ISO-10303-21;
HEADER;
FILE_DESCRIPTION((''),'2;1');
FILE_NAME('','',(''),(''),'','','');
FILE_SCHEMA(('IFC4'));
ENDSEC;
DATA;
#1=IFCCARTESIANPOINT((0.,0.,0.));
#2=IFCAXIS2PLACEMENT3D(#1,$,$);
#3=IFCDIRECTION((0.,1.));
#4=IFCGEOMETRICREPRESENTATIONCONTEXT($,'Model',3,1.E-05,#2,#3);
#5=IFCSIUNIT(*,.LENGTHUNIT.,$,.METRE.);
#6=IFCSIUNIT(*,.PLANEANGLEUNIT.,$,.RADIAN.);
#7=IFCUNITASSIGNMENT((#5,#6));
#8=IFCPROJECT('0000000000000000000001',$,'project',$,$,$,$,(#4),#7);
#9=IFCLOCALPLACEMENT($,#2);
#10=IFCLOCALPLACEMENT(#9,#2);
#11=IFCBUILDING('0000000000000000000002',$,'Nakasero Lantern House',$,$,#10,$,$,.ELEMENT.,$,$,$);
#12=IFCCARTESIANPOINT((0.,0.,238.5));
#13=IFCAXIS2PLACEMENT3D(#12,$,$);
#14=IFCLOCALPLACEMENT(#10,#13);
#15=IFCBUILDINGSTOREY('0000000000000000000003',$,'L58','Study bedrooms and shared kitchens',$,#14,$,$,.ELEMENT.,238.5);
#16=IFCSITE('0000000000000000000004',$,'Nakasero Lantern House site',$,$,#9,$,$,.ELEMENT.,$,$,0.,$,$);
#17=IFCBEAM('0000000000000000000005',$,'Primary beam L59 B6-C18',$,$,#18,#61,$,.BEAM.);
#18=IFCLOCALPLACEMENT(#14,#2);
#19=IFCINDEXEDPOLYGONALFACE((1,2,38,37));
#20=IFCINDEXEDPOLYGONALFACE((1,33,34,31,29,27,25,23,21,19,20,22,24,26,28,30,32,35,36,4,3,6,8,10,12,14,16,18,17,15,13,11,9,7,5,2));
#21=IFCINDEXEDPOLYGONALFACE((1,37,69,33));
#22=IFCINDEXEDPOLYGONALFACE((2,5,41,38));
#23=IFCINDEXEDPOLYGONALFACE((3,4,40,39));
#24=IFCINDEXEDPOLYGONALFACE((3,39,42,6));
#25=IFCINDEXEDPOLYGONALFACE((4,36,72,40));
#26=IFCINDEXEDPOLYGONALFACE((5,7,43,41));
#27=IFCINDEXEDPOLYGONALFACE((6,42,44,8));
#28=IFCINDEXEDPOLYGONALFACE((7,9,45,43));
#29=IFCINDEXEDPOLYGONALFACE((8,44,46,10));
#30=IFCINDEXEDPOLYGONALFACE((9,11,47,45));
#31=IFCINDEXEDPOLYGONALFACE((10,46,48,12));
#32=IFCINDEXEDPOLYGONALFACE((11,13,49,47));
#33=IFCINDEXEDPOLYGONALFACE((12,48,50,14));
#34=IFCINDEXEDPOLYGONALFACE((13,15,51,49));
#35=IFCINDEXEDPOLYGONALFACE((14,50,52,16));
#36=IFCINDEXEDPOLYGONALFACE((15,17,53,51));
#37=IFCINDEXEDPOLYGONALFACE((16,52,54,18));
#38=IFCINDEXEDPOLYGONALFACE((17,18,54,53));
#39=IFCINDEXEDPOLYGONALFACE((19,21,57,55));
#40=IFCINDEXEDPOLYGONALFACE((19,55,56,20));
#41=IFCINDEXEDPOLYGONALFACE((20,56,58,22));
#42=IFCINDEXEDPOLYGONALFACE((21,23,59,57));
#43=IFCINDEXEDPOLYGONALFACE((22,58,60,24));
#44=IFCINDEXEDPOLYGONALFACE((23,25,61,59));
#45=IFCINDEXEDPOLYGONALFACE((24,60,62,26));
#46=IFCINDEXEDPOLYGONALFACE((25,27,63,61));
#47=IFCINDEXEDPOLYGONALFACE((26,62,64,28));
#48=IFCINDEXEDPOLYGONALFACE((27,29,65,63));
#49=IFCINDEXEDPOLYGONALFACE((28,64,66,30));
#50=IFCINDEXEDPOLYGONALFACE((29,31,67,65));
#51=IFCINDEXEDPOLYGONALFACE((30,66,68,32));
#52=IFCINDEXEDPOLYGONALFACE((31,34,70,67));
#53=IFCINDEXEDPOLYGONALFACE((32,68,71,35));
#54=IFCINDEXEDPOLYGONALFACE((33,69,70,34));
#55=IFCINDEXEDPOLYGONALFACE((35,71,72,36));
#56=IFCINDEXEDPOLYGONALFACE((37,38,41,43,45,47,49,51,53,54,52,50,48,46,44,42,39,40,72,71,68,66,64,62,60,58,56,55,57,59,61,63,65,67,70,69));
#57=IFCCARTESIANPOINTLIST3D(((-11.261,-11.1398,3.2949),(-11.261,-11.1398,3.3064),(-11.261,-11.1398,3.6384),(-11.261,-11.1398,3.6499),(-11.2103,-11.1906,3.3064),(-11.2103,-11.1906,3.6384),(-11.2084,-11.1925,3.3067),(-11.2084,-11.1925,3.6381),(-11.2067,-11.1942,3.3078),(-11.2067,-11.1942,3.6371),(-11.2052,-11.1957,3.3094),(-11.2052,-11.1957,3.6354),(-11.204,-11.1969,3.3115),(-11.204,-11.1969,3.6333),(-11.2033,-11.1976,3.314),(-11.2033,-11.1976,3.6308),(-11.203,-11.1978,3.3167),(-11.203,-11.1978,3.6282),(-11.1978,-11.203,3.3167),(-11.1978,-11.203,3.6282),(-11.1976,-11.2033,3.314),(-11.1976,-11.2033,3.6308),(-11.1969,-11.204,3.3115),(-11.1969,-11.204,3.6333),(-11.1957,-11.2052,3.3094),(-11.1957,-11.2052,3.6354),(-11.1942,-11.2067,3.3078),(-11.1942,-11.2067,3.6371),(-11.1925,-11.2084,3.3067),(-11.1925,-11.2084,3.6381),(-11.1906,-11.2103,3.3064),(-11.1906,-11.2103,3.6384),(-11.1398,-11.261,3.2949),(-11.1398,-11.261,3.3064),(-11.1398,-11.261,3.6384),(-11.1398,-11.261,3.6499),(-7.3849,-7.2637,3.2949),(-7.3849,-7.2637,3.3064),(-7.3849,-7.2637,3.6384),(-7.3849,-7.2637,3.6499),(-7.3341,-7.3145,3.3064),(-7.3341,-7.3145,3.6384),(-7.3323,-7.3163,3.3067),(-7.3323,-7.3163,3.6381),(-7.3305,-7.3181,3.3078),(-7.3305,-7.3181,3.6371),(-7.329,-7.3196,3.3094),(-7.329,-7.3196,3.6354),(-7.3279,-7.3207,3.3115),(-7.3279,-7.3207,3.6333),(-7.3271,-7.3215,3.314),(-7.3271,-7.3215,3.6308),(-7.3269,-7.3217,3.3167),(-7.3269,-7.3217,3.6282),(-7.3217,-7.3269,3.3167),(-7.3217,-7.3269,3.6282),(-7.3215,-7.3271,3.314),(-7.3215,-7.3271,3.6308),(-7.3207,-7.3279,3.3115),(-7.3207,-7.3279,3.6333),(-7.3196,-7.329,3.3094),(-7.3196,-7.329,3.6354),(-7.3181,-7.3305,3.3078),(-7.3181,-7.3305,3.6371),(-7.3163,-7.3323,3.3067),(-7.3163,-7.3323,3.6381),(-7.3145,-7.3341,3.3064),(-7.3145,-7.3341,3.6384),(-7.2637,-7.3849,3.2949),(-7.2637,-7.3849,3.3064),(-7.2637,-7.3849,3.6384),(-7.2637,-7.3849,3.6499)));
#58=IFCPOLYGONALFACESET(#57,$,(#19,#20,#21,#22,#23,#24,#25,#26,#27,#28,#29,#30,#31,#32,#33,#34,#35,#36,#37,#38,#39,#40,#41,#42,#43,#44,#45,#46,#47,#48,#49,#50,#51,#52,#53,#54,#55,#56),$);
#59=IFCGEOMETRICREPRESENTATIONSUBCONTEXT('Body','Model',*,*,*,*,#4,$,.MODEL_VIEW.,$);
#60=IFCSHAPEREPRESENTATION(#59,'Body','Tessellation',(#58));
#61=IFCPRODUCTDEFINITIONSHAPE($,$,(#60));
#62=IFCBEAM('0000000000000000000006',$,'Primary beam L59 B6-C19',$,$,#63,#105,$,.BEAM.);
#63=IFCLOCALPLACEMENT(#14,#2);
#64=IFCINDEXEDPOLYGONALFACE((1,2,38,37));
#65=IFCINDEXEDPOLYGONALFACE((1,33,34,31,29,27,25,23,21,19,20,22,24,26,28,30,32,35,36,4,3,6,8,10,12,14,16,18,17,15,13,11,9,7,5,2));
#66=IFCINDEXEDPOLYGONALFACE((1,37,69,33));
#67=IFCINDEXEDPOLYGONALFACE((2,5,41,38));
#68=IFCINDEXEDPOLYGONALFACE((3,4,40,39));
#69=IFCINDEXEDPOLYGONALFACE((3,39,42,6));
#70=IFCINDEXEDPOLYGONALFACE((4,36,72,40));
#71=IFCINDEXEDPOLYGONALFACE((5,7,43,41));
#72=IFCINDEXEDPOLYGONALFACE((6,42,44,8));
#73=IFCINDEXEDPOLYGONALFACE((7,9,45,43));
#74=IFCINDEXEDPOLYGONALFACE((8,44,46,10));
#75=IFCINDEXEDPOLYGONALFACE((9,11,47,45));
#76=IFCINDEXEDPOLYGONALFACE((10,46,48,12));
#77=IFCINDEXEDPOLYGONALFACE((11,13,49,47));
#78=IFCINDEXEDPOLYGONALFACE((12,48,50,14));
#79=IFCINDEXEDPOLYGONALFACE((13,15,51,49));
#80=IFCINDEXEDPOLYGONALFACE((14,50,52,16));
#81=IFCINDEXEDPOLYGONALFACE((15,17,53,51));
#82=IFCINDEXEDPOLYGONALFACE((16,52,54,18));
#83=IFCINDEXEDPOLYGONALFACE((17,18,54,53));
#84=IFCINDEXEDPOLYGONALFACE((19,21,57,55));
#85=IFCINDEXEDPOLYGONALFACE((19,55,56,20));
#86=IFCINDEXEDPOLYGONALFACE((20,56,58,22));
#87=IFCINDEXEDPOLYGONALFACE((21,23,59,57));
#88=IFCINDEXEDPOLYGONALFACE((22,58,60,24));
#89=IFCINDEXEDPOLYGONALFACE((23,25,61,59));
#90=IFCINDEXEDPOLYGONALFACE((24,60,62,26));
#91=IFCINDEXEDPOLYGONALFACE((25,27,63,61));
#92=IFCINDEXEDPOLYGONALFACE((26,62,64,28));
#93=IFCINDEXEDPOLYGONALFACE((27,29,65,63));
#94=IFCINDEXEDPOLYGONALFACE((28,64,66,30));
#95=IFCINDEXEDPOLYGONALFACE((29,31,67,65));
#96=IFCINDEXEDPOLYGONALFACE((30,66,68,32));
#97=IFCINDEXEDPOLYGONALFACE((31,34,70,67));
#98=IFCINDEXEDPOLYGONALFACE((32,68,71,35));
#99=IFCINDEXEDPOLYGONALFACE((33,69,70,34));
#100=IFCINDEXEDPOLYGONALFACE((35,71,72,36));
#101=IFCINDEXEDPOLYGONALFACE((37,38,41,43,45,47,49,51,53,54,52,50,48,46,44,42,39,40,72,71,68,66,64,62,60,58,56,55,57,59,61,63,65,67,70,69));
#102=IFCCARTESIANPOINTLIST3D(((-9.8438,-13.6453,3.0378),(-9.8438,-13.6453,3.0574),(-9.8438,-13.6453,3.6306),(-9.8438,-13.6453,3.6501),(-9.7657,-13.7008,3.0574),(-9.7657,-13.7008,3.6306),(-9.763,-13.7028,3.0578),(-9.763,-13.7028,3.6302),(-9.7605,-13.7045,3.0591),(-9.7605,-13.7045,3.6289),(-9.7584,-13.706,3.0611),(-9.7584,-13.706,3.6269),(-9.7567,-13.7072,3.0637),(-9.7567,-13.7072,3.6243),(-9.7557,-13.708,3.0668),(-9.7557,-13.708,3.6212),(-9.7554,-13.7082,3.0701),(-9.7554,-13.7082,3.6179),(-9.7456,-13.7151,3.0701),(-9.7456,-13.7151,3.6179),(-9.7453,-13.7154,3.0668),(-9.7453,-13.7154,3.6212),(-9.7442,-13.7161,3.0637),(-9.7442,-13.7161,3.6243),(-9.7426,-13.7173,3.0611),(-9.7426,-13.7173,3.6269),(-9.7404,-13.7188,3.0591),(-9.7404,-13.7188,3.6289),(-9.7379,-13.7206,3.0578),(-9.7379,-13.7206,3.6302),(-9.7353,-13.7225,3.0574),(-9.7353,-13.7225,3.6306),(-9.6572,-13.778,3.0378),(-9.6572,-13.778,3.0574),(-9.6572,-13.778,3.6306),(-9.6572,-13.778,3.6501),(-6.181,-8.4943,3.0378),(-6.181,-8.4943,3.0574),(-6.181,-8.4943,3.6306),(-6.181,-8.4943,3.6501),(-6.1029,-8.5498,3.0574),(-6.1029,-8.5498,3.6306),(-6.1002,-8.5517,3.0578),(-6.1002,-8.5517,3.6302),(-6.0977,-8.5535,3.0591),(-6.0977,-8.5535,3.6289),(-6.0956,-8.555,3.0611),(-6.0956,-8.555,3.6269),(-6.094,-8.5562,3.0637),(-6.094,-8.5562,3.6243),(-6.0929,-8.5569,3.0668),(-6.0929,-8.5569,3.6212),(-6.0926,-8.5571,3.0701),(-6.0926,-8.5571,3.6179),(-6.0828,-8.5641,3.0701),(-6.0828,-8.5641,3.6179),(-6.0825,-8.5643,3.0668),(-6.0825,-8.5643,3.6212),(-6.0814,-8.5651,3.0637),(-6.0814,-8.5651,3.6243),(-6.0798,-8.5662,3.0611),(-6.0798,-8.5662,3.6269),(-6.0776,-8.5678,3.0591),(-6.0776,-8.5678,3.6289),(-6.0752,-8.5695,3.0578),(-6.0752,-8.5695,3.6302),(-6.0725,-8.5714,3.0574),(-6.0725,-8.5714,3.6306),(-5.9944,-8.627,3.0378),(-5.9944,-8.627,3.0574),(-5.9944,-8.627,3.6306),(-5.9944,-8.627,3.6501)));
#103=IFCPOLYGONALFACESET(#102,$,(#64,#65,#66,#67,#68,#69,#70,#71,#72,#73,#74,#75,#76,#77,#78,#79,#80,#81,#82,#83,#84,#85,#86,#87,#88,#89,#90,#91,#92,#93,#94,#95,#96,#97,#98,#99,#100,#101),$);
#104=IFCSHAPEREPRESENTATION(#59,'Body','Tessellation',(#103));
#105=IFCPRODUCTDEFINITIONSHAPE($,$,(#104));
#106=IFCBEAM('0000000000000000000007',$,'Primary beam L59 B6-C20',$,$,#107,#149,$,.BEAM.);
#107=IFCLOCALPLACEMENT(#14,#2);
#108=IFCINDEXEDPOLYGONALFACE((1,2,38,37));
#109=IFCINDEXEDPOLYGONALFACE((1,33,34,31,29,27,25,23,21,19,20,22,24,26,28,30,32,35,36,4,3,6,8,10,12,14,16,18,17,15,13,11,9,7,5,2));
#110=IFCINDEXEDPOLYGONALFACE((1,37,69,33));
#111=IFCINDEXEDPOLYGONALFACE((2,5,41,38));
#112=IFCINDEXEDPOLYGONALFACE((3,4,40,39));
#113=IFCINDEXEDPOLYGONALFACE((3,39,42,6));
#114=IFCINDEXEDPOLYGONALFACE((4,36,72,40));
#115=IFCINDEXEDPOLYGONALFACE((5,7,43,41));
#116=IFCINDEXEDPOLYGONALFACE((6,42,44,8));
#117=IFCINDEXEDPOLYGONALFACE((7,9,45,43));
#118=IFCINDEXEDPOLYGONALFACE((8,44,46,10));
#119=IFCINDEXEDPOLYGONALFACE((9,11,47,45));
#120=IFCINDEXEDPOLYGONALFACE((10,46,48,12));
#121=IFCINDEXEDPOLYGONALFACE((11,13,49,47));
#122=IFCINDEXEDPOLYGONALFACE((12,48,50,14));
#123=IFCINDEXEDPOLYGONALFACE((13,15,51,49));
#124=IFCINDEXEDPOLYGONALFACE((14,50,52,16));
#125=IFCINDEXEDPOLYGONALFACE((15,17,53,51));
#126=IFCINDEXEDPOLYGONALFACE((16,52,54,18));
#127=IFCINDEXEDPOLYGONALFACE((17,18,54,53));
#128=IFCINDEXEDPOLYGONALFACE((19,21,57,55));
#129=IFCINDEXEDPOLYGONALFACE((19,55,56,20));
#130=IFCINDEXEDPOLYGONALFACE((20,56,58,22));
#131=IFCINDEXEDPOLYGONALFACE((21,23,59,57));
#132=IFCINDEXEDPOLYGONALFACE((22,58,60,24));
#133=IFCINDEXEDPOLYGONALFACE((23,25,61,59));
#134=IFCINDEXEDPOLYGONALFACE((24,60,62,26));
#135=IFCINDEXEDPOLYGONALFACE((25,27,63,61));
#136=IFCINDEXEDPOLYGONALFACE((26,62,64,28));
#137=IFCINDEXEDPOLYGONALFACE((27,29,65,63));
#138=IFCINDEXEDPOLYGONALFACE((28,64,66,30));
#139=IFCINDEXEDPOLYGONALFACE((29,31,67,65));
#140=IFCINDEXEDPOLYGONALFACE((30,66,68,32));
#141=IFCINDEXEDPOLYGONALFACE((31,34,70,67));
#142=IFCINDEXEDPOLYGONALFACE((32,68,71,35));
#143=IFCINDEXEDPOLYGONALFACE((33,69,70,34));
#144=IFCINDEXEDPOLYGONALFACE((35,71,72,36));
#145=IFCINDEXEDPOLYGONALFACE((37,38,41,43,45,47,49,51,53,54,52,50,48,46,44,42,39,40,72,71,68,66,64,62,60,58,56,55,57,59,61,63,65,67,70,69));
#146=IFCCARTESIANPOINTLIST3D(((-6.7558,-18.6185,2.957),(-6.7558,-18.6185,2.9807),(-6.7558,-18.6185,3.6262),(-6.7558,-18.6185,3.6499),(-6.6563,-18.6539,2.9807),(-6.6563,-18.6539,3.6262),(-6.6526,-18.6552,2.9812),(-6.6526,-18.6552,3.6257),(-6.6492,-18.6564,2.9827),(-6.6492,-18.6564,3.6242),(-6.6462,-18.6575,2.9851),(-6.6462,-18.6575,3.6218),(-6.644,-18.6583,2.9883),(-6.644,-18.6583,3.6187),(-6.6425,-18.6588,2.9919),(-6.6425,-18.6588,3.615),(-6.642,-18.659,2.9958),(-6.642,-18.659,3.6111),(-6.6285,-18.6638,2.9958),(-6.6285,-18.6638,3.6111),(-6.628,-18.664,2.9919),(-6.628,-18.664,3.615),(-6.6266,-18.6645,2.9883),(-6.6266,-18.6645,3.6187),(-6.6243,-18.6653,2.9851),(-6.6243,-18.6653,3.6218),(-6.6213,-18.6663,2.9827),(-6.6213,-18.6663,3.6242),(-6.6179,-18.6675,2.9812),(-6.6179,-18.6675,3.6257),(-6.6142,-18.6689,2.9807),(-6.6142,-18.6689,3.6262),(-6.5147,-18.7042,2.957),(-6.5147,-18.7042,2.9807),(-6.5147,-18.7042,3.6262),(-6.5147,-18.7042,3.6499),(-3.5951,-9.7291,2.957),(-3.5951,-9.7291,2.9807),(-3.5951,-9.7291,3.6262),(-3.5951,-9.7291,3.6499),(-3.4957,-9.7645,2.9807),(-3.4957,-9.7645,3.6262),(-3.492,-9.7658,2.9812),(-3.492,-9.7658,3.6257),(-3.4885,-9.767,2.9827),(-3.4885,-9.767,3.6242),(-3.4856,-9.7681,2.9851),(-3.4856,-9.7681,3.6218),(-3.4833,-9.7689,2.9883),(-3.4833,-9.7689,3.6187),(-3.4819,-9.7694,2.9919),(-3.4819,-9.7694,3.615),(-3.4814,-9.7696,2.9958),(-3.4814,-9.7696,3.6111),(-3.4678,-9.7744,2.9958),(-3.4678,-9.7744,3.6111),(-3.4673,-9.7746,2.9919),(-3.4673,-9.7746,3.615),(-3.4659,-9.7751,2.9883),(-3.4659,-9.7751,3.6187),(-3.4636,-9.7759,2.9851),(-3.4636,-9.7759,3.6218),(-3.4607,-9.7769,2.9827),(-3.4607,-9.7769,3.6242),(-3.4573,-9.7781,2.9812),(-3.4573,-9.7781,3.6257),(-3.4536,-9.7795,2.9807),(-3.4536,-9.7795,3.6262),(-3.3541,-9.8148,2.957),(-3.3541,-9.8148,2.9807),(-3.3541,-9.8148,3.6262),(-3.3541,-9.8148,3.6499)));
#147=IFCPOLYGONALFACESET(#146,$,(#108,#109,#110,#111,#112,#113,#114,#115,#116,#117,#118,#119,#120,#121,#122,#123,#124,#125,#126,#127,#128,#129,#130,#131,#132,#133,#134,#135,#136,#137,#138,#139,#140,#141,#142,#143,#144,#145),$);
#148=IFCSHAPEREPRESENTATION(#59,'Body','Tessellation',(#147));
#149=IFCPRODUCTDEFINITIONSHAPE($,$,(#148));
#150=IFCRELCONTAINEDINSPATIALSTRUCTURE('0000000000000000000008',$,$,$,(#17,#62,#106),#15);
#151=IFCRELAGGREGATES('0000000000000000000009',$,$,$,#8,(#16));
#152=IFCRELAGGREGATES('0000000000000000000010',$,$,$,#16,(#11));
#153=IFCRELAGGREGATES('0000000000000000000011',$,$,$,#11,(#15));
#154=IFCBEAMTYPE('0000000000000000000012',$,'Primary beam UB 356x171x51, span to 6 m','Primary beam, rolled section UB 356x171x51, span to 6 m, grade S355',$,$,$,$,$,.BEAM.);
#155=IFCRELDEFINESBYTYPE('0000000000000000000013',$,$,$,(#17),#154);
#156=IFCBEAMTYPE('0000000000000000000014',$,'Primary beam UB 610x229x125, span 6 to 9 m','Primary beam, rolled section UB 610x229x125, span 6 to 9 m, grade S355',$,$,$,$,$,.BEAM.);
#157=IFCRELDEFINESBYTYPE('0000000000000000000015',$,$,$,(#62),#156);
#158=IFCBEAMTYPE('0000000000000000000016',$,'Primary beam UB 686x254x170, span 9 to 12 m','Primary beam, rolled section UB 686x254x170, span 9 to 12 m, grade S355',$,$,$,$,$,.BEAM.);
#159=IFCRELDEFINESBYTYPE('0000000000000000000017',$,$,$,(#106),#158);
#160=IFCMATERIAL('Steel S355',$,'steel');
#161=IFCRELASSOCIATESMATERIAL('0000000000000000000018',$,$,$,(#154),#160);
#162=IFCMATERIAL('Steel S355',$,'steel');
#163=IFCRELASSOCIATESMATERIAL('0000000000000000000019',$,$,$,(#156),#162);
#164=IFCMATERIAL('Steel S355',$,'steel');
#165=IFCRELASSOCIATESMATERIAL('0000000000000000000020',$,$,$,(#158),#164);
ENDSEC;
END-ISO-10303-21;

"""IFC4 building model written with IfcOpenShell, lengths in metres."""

from ifc_helpers import new_model, si_unit, direction, frame, origin, origin_2d, place, context, subcontext, project, spatial, i_section, extrude, material, material_profile, profile_set, type_object, element, save


model = new_model("IFC4")

# Units and contexts
model_context = context("Model", 3, precision=1e-05, world=origin(), true_north=direction((0.0, 1.0)))
body_context = subcontext(model_context, "Body", "Model", "MODEL_VIEW")
ifc_project = project(units=[si_unit("LENGTHUNIT", "METRE"), si_unit("PLANEANGLEUNIT", "RADIAN")], contexts=[model_context])

# Site, building, storey
site_placement = place(None, origin())
site = spatial("IfcSite", under=ifc_project, at=site_placement, Name="Nakasero Lantern House site", CompositionType="ELEMENT", RefElevation=0.0)
building_placement = place(site_placement, origin())
building = spatial("IfcBuilding", under=site, at=building_placement, Name="Nakasero Lantern House", CompositionType="ELEMENT")
storey_placement = place(building_placement, frame((0.0, 0.0, 238.5)))
storey = spatial("IfcBuildingStorey", under=building, at=storey_placement, Name="L58", Description="Study bedrooms and shared kitchens", CompositionType="ELEMENT", Elevation=238.5)

# Beams
ifc_material_1 = material(Name="Steel S355", Category="steel")
ifc_material_profile_1 = material_profile(ifc_material_1, i_section(OverallWidth=0.1714, OverallDepth=0.355, WebThickness=0.0073, FlangeThickness=0.0115, FilletRadius=0.0103, at=origin_2d()), Name="UB 356x171x51")
ifc_profile_set_1 = profile_set([ifc_material_profile_1], Name="Steel S355")
beam_type_1 = type_object("IfcBeamType", Name="Primary beam UB 356x171x51, span to 6 m", Description="Primary beam, rolled section UB 356x171x51, span to 6 m, grade S355", PredefinedType="BEAM", material=ifc_profile_set_1)
beam_1_placement = place(storey_placement, frame((-11.2004, -11.2004, 3.4724), z_axis=(0.707107, 0.707107, 0.0), x_axis=(-0.707107, 0.707107, 0.0)))
element("IfcBeam", 1, at=beam_1_placement, inside=storey, type_object=beam_type_1, Name="Primary beam L59 B6-C18", PredefinedType="BEAM", context=body_context, shape_type="SweptSolid", body=[
    extrude(i_section(OverallWidth=0.1714, OverallDepth=0.355, WebThickness=0.0073, FlangeThickness=0.0115, FilletRadius=0.0103, at=origin_2d()), origin(), (0.0, 0.0, 1.0), 5.4817),
])
ifc_material_2 = material(Name="Steel S355", Category="steel")
ifc_material_profile_2 = material_profile(ifc_material_2, i_section(OverallWidth=0.229, OverallDepth=0.6123, WebThickness=0.012, FlangeThickness=0.0195, FilletRadius=0.0127, at=origin_2d()), Name="UB 610x229x125")
ifc_profile_set_2 = profile_set([ifc_material_profile_2], Name="Steel S355")
beam_type_2 = type_object("IfcBeamType", Name="Primary beam UB 610x229x125, span 6 to 9 m", Description="Primary beam, rolled section UB 610x229x125, span 6 to 9 m, grade S355", PredefinedType="BEAM", material=ifc_profile_set_2)
beam_2_placement = place(storey_placement, frame((-9.7505, -13.7117, 3.344), z_axis=(0.579505, 0.814969, 0.0), x_axis=(-0.814969, 0.579505, 0.0)))
element("IfcBeam", 2, at=beam_2_placement, inside=storey, type_object=beam_type_2, Name="Primary beam L59 B6-C19", PredefinedType="BEAM", context=body_context, shape_type="SweptSolid", body=[
    extrude(i_section(OverallWidth=0.229, OverallDepth=0.6123, WebThickness=0.012, FlangeThickness=0.0195, FilletRadius=0.0127, at=origin_2d()), origin(), (0.0, 0.0, 1.0), 6.3206),
])
ifc_material_3 = material(Name="Steel S355", Category="steel")
ifc_material_profile_3 = material_profile(ifc_material_3, i_section(OverallWidth=0.2559, OverallDepth=0.6929, WebThickness=0.0144, FlangeThickness=0.0237, FilletRadius=0.0151, at=origin_2d()), Name="UB 686x254x170")
ifc_profile_set_3 = profile_set([ifc_material_profile_3], Name="Steel S355")
beam_type_3 = type_object("IfcBeamType", Name="Primary beam UB 686x254x170, span 9 to 12 m", Description="Primary beam, rolled section UB 686x254x170, span 9 to 12 m, grade S355", PredefinedType="BEAM", material=ifc_profile_set_3)
beam_3_placement = place(storey_placement, frame((-6.6353, -18.6614, 3.3035), z_axis=(0.335007, 0.942216, 0.0), x_axis=(-0.942216, 0.335007, 0.0)))
element("IfcBeam", 3, at=beam_3_placement, inside=storey, type_object=beam_type_3, Name="Primary beam L59 B6-C20", PredefinedType="BEAM", context=body_context, shape_type="SweptSolid", body=[
    extrude(i_section(OverallWidth=0.2559, OverallDepth=0.6929, WebThickness=0.0144, FlangeThickness=0.0237, FilletRadius=0.0151, at=origin_2d()), origin(), (0.0, 0.0, 1.0), 9.4346),
])

save(model, "model.ifc")
